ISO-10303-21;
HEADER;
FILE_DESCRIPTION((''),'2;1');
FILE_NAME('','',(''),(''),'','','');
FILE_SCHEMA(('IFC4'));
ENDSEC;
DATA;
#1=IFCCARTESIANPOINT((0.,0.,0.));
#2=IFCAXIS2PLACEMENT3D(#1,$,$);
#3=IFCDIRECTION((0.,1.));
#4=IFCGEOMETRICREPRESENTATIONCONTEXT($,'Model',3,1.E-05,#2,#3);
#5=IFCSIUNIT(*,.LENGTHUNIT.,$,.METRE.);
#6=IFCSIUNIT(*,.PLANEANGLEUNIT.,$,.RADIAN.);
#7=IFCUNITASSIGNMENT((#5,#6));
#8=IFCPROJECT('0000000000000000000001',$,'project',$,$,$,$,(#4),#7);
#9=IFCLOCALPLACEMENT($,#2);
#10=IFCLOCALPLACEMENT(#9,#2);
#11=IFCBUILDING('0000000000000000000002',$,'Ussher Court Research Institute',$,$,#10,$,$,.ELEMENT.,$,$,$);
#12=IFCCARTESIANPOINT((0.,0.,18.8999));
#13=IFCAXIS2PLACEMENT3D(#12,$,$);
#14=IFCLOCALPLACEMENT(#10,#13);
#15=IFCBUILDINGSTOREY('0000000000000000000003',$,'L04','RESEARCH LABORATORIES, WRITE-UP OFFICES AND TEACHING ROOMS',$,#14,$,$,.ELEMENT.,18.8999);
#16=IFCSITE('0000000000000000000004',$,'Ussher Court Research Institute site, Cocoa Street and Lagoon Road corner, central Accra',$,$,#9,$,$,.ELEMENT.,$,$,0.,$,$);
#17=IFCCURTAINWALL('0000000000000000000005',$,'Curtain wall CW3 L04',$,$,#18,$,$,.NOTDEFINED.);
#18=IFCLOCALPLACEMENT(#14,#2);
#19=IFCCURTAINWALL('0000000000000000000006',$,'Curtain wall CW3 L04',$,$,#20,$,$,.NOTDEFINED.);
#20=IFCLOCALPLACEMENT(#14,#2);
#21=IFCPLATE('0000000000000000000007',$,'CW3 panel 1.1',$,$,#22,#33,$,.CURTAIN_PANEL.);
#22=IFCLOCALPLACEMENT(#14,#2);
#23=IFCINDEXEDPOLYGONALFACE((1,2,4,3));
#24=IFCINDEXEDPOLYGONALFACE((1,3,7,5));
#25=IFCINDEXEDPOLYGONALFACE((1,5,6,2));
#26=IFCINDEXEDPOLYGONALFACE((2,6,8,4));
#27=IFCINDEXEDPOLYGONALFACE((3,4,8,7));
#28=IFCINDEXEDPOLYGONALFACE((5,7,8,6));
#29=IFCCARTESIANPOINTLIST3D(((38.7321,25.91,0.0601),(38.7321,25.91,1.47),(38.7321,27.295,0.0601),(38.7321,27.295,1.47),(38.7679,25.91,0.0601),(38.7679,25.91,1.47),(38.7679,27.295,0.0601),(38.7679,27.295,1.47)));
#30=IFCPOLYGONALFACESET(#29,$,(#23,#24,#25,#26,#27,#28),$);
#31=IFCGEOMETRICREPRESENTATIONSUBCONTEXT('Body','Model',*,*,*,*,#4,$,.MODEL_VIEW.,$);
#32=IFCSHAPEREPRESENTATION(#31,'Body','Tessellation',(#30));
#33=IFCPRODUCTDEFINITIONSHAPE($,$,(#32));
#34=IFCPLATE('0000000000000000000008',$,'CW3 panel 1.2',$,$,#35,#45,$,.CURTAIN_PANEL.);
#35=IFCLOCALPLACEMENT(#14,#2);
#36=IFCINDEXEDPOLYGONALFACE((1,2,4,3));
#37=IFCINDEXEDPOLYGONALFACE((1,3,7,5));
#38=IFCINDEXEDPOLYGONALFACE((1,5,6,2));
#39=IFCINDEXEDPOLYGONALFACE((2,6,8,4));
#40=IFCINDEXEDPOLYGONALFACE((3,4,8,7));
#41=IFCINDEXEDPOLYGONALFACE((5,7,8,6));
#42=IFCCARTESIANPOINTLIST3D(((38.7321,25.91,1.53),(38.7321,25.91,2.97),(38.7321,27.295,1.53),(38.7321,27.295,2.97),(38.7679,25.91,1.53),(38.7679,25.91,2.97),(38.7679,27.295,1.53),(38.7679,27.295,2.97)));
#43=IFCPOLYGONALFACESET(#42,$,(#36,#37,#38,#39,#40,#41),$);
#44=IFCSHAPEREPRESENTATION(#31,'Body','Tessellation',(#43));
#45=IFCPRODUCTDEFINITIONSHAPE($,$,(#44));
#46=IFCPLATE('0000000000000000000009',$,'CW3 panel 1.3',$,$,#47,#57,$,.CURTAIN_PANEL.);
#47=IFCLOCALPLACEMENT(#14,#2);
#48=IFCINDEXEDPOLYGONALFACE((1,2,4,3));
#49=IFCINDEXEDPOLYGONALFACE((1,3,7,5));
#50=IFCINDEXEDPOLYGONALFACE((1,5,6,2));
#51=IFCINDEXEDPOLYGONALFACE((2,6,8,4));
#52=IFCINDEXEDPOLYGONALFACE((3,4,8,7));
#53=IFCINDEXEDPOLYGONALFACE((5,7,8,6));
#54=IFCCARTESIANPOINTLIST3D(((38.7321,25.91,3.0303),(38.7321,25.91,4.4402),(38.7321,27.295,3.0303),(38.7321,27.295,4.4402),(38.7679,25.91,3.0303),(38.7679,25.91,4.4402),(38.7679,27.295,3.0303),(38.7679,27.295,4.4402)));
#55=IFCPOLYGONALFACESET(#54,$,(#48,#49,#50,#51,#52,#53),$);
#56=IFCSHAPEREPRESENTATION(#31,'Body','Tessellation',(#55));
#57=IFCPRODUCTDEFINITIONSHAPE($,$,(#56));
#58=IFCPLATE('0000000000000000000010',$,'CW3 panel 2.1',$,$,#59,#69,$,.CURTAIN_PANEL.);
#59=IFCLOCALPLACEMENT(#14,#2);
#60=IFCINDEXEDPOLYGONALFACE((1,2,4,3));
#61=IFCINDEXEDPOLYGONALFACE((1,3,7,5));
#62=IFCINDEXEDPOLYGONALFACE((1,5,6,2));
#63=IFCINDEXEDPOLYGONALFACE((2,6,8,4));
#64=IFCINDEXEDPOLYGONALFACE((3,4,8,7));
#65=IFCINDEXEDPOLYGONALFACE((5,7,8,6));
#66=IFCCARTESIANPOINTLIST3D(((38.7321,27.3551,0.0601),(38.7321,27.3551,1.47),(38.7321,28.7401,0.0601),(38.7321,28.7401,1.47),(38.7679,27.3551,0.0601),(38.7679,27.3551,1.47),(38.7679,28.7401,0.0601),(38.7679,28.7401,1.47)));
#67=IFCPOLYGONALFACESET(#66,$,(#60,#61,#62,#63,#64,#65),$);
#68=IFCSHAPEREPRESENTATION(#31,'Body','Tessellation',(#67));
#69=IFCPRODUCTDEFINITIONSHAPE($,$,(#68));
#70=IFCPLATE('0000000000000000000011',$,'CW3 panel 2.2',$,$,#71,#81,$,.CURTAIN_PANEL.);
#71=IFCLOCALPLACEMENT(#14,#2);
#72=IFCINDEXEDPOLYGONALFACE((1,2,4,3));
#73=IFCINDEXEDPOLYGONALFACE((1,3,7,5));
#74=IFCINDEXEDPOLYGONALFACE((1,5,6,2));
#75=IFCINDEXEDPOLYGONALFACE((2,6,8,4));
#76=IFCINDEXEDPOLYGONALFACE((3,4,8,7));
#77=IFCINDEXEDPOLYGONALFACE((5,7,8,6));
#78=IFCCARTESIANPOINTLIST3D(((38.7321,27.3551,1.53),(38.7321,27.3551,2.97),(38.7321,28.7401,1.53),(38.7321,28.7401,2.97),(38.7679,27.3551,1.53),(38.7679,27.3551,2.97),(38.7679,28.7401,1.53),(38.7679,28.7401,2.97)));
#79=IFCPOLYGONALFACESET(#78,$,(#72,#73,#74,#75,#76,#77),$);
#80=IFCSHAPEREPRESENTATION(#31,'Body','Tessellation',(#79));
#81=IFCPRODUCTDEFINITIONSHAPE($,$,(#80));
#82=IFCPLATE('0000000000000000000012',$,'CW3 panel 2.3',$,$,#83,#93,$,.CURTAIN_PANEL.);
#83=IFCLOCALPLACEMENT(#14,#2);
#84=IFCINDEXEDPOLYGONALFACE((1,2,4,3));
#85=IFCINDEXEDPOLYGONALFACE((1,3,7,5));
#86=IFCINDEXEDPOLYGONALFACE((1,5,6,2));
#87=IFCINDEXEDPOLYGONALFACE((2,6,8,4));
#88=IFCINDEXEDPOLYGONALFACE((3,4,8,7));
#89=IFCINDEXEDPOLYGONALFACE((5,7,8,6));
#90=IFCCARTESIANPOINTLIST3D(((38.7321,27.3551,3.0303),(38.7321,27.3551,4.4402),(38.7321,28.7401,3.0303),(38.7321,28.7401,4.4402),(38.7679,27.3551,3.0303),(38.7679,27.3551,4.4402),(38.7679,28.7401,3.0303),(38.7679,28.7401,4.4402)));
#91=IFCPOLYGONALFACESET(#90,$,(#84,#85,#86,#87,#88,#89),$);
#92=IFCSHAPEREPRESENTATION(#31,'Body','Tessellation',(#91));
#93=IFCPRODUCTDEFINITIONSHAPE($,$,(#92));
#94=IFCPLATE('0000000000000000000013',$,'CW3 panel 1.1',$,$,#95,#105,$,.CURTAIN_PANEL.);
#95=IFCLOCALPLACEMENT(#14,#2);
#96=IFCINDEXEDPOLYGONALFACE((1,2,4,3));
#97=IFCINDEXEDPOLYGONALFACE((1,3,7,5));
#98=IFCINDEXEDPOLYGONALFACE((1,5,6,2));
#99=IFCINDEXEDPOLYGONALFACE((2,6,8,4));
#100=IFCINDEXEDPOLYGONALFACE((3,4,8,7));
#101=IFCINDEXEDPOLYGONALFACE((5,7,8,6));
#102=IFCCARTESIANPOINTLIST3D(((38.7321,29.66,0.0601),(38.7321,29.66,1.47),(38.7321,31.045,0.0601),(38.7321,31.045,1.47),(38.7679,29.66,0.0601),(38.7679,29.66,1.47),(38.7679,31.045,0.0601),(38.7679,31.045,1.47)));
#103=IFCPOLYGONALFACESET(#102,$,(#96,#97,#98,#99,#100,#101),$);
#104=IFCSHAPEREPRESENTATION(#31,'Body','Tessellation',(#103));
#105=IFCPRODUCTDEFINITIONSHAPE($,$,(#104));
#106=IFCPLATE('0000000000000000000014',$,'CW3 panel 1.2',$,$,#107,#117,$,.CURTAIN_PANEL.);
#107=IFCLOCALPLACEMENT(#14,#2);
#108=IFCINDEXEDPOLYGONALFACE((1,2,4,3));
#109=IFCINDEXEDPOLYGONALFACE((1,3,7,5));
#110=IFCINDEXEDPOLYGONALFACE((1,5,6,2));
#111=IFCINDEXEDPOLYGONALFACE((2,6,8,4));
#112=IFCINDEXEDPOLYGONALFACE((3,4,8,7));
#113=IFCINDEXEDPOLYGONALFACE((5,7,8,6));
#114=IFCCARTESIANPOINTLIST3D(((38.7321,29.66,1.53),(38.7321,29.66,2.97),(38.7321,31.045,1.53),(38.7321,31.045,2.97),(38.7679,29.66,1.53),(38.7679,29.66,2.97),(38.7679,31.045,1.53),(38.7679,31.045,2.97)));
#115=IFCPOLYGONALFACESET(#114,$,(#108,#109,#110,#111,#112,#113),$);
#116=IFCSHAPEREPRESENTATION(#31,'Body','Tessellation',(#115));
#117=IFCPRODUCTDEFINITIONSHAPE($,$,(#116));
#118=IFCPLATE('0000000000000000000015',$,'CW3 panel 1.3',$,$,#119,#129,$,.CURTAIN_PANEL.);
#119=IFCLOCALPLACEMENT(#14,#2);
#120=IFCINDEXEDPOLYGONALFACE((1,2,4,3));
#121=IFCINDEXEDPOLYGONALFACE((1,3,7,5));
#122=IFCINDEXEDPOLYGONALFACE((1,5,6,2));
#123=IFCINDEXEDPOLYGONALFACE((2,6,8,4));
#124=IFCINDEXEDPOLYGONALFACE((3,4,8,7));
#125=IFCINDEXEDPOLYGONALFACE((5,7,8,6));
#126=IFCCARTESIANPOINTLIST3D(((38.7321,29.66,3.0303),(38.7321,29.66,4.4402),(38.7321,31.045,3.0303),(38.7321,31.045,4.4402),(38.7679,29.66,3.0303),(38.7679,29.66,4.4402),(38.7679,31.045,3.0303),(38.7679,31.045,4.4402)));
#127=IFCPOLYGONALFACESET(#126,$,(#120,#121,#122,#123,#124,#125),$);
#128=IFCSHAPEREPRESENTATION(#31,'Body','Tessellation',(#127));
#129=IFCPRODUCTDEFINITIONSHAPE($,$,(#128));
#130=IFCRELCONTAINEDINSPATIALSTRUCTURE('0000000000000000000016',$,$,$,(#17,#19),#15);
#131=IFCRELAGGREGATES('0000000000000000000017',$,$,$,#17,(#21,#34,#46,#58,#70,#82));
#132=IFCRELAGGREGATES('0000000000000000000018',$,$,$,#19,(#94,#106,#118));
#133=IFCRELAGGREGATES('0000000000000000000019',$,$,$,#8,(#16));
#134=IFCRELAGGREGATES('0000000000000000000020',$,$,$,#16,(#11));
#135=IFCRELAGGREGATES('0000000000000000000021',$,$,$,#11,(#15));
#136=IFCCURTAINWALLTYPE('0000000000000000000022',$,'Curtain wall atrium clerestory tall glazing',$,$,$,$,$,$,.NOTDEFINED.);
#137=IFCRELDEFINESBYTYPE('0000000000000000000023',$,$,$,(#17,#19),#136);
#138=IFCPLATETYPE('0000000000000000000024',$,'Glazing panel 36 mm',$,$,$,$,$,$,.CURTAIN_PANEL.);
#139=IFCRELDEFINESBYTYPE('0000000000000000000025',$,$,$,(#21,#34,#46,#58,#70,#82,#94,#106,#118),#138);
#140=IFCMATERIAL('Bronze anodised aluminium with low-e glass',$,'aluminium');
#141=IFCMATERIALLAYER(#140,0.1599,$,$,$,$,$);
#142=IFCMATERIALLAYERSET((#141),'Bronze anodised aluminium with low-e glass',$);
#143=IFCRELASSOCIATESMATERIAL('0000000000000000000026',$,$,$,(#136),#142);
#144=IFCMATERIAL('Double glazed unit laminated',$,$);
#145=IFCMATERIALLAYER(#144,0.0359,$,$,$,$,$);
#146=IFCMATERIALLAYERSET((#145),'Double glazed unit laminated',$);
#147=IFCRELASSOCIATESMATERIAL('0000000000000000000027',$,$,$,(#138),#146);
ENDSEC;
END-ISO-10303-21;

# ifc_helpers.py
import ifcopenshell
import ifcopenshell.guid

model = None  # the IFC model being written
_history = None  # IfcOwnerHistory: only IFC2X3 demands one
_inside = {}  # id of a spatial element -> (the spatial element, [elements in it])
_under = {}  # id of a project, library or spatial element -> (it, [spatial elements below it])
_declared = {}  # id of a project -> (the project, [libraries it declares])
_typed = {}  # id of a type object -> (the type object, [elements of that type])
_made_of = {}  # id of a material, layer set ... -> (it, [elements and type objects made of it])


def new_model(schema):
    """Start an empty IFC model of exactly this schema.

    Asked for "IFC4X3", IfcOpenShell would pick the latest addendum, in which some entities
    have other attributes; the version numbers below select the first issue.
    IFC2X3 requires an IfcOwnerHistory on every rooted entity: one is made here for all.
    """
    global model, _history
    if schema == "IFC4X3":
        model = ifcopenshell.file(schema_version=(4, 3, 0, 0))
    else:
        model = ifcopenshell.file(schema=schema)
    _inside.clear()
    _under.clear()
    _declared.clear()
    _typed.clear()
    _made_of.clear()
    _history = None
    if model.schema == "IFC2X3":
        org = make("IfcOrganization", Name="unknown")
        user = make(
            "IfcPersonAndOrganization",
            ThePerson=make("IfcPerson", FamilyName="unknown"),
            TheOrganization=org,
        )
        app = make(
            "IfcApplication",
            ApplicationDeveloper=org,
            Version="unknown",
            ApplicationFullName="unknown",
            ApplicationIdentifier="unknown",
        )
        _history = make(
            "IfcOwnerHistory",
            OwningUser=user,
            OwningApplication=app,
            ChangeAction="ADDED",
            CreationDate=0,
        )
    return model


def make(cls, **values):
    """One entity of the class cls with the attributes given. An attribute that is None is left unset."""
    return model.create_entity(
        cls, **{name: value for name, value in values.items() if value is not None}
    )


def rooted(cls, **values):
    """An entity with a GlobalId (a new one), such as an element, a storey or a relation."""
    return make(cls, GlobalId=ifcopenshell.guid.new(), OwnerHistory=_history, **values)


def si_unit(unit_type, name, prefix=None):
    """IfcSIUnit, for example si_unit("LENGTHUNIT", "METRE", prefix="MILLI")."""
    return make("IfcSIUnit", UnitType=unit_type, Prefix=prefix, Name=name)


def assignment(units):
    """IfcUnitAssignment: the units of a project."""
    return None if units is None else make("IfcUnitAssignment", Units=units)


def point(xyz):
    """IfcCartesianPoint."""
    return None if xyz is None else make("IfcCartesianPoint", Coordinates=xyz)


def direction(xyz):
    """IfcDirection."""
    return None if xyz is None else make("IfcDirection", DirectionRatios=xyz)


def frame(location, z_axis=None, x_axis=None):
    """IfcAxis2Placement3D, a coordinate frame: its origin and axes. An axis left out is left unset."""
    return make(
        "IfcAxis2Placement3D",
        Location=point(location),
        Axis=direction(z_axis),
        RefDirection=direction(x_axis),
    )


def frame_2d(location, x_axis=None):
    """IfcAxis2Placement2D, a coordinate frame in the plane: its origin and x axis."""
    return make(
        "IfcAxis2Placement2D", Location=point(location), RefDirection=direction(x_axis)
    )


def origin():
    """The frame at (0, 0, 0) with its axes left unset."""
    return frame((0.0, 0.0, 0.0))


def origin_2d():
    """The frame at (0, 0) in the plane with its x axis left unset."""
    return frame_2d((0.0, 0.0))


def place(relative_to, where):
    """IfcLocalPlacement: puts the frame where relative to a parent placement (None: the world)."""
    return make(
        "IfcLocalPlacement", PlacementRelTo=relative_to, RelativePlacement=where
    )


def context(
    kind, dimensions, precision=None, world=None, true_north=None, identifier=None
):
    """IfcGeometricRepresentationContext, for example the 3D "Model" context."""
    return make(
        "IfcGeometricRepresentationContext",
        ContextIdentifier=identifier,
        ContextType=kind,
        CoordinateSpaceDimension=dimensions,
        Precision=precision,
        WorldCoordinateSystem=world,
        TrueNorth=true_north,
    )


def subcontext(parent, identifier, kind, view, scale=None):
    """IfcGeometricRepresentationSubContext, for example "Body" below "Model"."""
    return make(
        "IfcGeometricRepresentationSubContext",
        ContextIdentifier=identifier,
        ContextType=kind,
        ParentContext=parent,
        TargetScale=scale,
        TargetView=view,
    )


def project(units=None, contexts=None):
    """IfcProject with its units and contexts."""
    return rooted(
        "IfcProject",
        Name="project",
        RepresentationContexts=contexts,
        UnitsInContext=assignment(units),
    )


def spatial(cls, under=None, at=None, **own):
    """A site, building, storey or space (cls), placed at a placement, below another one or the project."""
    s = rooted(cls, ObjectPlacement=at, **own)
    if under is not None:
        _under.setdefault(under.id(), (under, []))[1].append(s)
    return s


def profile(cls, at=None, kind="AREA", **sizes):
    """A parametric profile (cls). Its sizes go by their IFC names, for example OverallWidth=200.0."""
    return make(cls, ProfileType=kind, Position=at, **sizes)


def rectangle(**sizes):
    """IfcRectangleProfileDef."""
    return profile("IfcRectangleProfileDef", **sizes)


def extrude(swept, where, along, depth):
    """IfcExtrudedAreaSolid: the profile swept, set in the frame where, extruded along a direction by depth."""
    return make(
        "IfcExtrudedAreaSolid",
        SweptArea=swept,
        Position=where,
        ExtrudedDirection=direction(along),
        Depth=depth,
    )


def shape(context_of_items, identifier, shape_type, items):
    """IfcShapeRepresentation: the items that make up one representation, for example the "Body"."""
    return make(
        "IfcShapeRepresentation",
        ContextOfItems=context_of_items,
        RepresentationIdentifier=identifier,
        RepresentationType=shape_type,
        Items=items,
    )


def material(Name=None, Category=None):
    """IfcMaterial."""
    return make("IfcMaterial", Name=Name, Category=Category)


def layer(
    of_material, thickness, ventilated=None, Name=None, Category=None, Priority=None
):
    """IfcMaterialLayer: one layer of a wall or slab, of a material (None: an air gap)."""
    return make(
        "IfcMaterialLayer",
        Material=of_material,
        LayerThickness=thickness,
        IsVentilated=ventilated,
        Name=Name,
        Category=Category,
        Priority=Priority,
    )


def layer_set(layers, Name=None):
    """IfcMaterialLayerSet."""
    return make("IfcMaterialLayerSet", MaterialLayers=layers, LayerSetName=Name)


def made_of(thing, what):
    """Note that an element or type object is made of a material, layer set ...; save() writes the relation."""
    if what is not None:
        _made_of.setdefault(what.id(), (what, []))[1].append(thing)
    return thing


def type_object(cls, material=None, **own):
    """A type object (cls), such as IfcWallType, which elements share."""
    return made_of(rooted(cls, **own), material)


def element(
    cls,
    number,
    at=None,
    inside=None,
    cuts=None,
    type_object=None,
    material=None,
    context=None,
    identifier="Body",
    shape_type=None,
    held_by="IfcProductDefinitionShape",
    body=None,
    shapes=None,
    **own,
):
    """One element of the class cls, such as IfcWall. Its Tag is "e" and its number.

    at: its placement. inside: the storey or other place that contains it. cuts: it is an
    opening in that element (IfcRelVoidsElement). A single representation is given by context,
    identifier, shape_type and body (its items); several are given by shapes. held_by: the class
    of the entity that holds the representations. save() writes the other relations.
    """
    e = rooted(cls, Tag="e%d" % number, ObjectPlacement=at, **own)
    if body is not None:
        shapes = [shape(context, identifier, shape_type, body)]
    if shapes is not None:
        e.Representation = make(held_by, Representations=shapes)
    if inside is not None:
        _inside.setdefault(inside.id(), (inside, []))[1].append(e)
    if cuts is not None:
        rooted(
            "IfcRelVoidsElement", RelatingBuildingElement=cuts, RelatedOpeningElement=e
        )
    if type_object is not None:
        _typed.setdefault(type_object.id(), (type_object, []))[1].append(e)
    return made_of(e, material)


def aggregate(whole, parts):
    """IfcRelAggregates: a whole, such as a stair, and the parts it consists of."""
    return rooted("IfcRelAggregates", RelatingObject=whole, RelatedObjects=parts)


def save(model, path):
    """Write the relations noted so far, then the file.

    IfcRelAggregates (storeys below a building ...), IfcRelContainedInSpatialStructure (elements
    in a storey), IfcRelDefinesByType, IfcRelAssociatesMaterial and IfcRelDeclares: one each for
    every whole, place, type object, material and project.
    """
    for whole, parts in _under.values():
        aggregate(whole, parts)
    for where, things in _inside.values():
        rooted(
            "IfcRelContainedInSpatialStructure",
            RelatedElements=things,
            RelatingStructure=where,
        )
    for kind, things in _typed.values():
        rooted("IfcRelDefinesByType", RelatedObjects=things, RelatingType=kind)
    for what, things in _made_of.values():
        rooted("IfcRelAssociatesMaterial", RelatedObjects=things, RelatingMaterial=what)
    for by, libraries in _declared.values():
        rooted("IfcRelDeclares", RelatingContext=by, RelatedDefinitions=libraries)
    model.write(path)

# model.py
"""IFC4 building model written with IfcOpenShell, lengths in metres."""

from ifc_helpers import new_model, si_unit, direction, frame, origin, origin_2d, place, context, subcontext, project, spatial, rectangle, extrude, material, layer, layer_set, type_object, element, aggregate, save


model = new_model("IFC4")

# Units and contexts
model_context = context("Model", 3, precision=1e-05, world=origin(), true_north=direction((0.0, 1.0)))
body_context = subcontext(model_context, "Body", "Model", "MODEL_VIEW")
ifc_project = project(units=[si_unit("LENGTHUNIT", "METRE"), si_unit("PLANEANGLEUNIT", "RADIAN")], contexts=[model_context])

# Site, building, storey
site_placement = place(None, origin())
site = spatial("IfcSite", under=ifc_project, at=site_placement, Name="Ussher Court Research Institute site, Cocoa Street and Lagoon Road corner, central Accra", CompositionType="ELEMENT", RefElevation=0.0)
building_placement = place(site_placement, origin())
building = spatial("IfcBuilding", under=site, at=building_placement, Name="Ussher Court Research Institute", CompositionType="ELEMENT")
storey_placement = place(building_placement, frame((0.0, 0.0, 18.8999)))
storey = spatial("IfcBuildingStorey", under=building, at=storey_placement, Name="L04", Description="RESEARCH LABORATORIES, WRITE-UP OFFICES AND TEACHING ROOMS", CompositionType="ELEMENT", Elevation=18.8999)

# Curtain walls
ifc_material_1 = material(Name="Bronze anodised aluminium with low-e glass", Category="aluminium")
ifc_layer_1 = layer(ifc_material_1, 0.1599)
ifc_layer_set_1 = layer_set([ifc_layer_1], Name="Bronze anodised aluminium with low-e glass")
curtain_wall_type = type_object("IfcCurtainWallType", Name="Curtain wall atrium clerestory tall glazing", PredefinedType="NOTDEFINED", material=ifc_layer_set_1)
curtain_wall_1_placement = place(storey_placement, origin())
curtain_wall_1 = element("IfcCurtainWall", 1, at=curtain_wall_1_placement, inside=storey, type_object=curtain_wall_type, Name="Curtain wall CW3 L04", PredefinedType="NOTDEFINED")
curtain_wall_2_placement = place(storey_placement, origin())
curtain_wall_2 = element("IfcCurtainWall", 2, at=curtain_wall_2_placement, inside=storey, type_object=curtain_wall_type, Name="Curtain wall CW3 L04", PredefinedType="NOTDEFINED")

# Plates
ifc_material_2 = material(Name="Double glazed unit laminated")
ifc_layer_2 = layer(ifc_material_2, 0.0359)
ifc_layer_set_2 = layer_set([ifc_layer_2], Name="Double glazed unit laminated")
plate_type = type_object("IfcPlateType", Name="Glazing panel 36 mm", PredefinedType="CURTAIN_PANEL", material=ifc_layer_set_2)
plate_1_placement = place(storey_placement, frame((38.75, 26.6025, 0.0601), z_axis=(0.0, 0.0, 1.0), x_axis=(0.0, 1.0, 0.0)))
plate_1 = element("IfcPlate", 3, at=plate_1_placement, type_object=plate_type, Name="CW3 panel 1.1", PredefinedType="CURTAIN_PANEL", context=body_context, shape_type="SweptSolid", body=[
    extrude(rectangle(XDim=1.385, YDim=0.0359, at=origin_2d()), origin(), (0.0, 0.0, 1.0), 1.4099),
])
plate_2_placement = place(storey_placement, frame((38.75, 26.6025, 1.53), z_axis=(0.0, 0.0, 1.0), x_axis=(0.0, 1.0, 0.0)))
plate_2 = element("IfcPlate", 4, at=plate_2_placement, type_object=plate_type, Name="CW3 panel 1.2", PredefinedType="CURTAIN_PANEL", context=body_context, shape_type="SweptSolid", body=[
    extrude(rectangle(XDim=1.385, YDim=0.0359, at=origin_2d()), origin(), (0.0, 0.0, 1.0), 1.4399),
])
plate_3_placement = place(storey_placement, frame((38.75, 26.6025, 3.0303), z_axis=(0.0, 0.0, 1.0), x_axis=(0.0, 1.0, 0.0)))
plate_3 = element("IfcPlate", 5, at=plate_3_placement, type_object=plate_type, Name="CW3 panel 1.3", PredefinedType="CURTAIN_PANEL", context=body_context, shape_type="SweptSolid", body=[
    extrude(rectangle(XDim=1.385, YDim=0.0359, at=origin_2d()), origin(), (0.0, 0.0, 1.0), 1.4099),
])
plate_4_placement = place(storey_placement, frame((38.75, 28.0476, 0.0601), z_axis=(0.0, 0.0, 1.0), x_axis=(0.0, 1.0, 0.0)))
plate_4 = element("IfcPlate", 6, at=plate_4_placement, type_object=plate_type, Name="CW3 panel 2.1", PredefinedType="CURTAIN_PANEL", context=body_context, shape_type="SweptSolid", body=[
    extrude(rectangle(XDim=1.385, YDim=0.0359, at=origin_2d()), origin(), (0.0, 0.0, 1.0), 1.4099),
])
plate_5_placement = place(storey_placement, frame((38.75, 28.0476, 1.53), z_axis=(0.0, 0.0, 1.0), x_axis=(0.0, 1.0, 0.0)))
plate_5 = element("IfcPlate", 7, at=plate_5_placement, type_object=plate_type, Name="CW3 panel 2.2", PredefinedType="CURTAIN_PANEL", context=body_context, shape_type="SweptSolid", body=[
    extrude(rectangle(XDim=1.385, YDim=0.0359, at=origin_2d()), origin(), (0.0, 0.0, 1.0), 1.4399),
])
plate_6_placement = place(storey_placement, frame((38.75, 28.0476, 3.0303), z_axis=(0.0, 0.0, 1.0), x_axis=(0.0, 1.0, 0.0)))
plate_6 = element("IfcPlate", 8, at=plate_6_placement, type_object=plate_type, Name="CW3 panel 2.3", PredefinedType="CURTAIN_PANEL", context=body_context, shape_type="SweptSolid", body=[
    extrude(rectangle(XDim=1.385, YDim=0.0359, at=origin_2d()), origin(), (0.0, 0.0, 1.0), 1.4099),
])
aggregate(curtain_wall_1, [plate_1, plate_2, plate_3, plate_4, plate_5, plate_6])
plate_7_placement = place(storey_placement, frame((38.75, 30.3525, 0.0601), z_axis=(0.0, 0.0, 1.0), x_axis=(0.0, 1.0, 0.0)))
plate_7 = element("IfcPlate", 9, at=plate_7_placement, type_object=plate_type, Name="CW3 panel 1.1", PredefinedType="CURTAIN_PANEL", context=body_context, shape_type="SweptSolid", body=[
    extrude(rectangle(XDim=1.385, YDim=0.0359, at=origin_2d()), origin(), (0.0, 0.0, 1.0), 1.4099),
])
plate_8_placement = place(storey_placement, frame((38.75, 30.3525, 1.53), z_axis=(0.0, 0.0, 1.0), x_axis=(0.0, 1.0, 0.0)))
plate_8 = element("IfcPlate", 10, at=plate_8_placement, type_object=plate_type, Name="CW3 panel 1.2", PredefinedType="CURTAIN_PANEL", context=body_context, shape_type="SweptSolid", body=[
    extrude(rectangle(XDim=1.385, YDim=0.0359, at=origin_2d()), origin(), (0.0, 0.0, 1.0), 1.4399),
])
plate_9_placement = place(storey_placement, frame((38.75, 30.3525, 3.0303), z_axis=(0.0, 0.0, 1.0), x_axis=(0.0, 1.0, 0.0)))
plate_9 = element("IfcPlate", 11, at=plate_9_placement, type_object=plate_type, Name="CW3 panel 1.3", PredefinedType="CURTAIN_PANEL", context=body_context, shape_type="SweptSolid", body=[
    extrude(rectangle(XDim=1.385, YDim=0.0359, at=origin_2d()), origin(), (0.0, 0.0, 1.0), 1.4099),
])
aggregate(curtain_wall_2, [plate_7, plate_8, plate_9])

save(model, "model.ifc")
